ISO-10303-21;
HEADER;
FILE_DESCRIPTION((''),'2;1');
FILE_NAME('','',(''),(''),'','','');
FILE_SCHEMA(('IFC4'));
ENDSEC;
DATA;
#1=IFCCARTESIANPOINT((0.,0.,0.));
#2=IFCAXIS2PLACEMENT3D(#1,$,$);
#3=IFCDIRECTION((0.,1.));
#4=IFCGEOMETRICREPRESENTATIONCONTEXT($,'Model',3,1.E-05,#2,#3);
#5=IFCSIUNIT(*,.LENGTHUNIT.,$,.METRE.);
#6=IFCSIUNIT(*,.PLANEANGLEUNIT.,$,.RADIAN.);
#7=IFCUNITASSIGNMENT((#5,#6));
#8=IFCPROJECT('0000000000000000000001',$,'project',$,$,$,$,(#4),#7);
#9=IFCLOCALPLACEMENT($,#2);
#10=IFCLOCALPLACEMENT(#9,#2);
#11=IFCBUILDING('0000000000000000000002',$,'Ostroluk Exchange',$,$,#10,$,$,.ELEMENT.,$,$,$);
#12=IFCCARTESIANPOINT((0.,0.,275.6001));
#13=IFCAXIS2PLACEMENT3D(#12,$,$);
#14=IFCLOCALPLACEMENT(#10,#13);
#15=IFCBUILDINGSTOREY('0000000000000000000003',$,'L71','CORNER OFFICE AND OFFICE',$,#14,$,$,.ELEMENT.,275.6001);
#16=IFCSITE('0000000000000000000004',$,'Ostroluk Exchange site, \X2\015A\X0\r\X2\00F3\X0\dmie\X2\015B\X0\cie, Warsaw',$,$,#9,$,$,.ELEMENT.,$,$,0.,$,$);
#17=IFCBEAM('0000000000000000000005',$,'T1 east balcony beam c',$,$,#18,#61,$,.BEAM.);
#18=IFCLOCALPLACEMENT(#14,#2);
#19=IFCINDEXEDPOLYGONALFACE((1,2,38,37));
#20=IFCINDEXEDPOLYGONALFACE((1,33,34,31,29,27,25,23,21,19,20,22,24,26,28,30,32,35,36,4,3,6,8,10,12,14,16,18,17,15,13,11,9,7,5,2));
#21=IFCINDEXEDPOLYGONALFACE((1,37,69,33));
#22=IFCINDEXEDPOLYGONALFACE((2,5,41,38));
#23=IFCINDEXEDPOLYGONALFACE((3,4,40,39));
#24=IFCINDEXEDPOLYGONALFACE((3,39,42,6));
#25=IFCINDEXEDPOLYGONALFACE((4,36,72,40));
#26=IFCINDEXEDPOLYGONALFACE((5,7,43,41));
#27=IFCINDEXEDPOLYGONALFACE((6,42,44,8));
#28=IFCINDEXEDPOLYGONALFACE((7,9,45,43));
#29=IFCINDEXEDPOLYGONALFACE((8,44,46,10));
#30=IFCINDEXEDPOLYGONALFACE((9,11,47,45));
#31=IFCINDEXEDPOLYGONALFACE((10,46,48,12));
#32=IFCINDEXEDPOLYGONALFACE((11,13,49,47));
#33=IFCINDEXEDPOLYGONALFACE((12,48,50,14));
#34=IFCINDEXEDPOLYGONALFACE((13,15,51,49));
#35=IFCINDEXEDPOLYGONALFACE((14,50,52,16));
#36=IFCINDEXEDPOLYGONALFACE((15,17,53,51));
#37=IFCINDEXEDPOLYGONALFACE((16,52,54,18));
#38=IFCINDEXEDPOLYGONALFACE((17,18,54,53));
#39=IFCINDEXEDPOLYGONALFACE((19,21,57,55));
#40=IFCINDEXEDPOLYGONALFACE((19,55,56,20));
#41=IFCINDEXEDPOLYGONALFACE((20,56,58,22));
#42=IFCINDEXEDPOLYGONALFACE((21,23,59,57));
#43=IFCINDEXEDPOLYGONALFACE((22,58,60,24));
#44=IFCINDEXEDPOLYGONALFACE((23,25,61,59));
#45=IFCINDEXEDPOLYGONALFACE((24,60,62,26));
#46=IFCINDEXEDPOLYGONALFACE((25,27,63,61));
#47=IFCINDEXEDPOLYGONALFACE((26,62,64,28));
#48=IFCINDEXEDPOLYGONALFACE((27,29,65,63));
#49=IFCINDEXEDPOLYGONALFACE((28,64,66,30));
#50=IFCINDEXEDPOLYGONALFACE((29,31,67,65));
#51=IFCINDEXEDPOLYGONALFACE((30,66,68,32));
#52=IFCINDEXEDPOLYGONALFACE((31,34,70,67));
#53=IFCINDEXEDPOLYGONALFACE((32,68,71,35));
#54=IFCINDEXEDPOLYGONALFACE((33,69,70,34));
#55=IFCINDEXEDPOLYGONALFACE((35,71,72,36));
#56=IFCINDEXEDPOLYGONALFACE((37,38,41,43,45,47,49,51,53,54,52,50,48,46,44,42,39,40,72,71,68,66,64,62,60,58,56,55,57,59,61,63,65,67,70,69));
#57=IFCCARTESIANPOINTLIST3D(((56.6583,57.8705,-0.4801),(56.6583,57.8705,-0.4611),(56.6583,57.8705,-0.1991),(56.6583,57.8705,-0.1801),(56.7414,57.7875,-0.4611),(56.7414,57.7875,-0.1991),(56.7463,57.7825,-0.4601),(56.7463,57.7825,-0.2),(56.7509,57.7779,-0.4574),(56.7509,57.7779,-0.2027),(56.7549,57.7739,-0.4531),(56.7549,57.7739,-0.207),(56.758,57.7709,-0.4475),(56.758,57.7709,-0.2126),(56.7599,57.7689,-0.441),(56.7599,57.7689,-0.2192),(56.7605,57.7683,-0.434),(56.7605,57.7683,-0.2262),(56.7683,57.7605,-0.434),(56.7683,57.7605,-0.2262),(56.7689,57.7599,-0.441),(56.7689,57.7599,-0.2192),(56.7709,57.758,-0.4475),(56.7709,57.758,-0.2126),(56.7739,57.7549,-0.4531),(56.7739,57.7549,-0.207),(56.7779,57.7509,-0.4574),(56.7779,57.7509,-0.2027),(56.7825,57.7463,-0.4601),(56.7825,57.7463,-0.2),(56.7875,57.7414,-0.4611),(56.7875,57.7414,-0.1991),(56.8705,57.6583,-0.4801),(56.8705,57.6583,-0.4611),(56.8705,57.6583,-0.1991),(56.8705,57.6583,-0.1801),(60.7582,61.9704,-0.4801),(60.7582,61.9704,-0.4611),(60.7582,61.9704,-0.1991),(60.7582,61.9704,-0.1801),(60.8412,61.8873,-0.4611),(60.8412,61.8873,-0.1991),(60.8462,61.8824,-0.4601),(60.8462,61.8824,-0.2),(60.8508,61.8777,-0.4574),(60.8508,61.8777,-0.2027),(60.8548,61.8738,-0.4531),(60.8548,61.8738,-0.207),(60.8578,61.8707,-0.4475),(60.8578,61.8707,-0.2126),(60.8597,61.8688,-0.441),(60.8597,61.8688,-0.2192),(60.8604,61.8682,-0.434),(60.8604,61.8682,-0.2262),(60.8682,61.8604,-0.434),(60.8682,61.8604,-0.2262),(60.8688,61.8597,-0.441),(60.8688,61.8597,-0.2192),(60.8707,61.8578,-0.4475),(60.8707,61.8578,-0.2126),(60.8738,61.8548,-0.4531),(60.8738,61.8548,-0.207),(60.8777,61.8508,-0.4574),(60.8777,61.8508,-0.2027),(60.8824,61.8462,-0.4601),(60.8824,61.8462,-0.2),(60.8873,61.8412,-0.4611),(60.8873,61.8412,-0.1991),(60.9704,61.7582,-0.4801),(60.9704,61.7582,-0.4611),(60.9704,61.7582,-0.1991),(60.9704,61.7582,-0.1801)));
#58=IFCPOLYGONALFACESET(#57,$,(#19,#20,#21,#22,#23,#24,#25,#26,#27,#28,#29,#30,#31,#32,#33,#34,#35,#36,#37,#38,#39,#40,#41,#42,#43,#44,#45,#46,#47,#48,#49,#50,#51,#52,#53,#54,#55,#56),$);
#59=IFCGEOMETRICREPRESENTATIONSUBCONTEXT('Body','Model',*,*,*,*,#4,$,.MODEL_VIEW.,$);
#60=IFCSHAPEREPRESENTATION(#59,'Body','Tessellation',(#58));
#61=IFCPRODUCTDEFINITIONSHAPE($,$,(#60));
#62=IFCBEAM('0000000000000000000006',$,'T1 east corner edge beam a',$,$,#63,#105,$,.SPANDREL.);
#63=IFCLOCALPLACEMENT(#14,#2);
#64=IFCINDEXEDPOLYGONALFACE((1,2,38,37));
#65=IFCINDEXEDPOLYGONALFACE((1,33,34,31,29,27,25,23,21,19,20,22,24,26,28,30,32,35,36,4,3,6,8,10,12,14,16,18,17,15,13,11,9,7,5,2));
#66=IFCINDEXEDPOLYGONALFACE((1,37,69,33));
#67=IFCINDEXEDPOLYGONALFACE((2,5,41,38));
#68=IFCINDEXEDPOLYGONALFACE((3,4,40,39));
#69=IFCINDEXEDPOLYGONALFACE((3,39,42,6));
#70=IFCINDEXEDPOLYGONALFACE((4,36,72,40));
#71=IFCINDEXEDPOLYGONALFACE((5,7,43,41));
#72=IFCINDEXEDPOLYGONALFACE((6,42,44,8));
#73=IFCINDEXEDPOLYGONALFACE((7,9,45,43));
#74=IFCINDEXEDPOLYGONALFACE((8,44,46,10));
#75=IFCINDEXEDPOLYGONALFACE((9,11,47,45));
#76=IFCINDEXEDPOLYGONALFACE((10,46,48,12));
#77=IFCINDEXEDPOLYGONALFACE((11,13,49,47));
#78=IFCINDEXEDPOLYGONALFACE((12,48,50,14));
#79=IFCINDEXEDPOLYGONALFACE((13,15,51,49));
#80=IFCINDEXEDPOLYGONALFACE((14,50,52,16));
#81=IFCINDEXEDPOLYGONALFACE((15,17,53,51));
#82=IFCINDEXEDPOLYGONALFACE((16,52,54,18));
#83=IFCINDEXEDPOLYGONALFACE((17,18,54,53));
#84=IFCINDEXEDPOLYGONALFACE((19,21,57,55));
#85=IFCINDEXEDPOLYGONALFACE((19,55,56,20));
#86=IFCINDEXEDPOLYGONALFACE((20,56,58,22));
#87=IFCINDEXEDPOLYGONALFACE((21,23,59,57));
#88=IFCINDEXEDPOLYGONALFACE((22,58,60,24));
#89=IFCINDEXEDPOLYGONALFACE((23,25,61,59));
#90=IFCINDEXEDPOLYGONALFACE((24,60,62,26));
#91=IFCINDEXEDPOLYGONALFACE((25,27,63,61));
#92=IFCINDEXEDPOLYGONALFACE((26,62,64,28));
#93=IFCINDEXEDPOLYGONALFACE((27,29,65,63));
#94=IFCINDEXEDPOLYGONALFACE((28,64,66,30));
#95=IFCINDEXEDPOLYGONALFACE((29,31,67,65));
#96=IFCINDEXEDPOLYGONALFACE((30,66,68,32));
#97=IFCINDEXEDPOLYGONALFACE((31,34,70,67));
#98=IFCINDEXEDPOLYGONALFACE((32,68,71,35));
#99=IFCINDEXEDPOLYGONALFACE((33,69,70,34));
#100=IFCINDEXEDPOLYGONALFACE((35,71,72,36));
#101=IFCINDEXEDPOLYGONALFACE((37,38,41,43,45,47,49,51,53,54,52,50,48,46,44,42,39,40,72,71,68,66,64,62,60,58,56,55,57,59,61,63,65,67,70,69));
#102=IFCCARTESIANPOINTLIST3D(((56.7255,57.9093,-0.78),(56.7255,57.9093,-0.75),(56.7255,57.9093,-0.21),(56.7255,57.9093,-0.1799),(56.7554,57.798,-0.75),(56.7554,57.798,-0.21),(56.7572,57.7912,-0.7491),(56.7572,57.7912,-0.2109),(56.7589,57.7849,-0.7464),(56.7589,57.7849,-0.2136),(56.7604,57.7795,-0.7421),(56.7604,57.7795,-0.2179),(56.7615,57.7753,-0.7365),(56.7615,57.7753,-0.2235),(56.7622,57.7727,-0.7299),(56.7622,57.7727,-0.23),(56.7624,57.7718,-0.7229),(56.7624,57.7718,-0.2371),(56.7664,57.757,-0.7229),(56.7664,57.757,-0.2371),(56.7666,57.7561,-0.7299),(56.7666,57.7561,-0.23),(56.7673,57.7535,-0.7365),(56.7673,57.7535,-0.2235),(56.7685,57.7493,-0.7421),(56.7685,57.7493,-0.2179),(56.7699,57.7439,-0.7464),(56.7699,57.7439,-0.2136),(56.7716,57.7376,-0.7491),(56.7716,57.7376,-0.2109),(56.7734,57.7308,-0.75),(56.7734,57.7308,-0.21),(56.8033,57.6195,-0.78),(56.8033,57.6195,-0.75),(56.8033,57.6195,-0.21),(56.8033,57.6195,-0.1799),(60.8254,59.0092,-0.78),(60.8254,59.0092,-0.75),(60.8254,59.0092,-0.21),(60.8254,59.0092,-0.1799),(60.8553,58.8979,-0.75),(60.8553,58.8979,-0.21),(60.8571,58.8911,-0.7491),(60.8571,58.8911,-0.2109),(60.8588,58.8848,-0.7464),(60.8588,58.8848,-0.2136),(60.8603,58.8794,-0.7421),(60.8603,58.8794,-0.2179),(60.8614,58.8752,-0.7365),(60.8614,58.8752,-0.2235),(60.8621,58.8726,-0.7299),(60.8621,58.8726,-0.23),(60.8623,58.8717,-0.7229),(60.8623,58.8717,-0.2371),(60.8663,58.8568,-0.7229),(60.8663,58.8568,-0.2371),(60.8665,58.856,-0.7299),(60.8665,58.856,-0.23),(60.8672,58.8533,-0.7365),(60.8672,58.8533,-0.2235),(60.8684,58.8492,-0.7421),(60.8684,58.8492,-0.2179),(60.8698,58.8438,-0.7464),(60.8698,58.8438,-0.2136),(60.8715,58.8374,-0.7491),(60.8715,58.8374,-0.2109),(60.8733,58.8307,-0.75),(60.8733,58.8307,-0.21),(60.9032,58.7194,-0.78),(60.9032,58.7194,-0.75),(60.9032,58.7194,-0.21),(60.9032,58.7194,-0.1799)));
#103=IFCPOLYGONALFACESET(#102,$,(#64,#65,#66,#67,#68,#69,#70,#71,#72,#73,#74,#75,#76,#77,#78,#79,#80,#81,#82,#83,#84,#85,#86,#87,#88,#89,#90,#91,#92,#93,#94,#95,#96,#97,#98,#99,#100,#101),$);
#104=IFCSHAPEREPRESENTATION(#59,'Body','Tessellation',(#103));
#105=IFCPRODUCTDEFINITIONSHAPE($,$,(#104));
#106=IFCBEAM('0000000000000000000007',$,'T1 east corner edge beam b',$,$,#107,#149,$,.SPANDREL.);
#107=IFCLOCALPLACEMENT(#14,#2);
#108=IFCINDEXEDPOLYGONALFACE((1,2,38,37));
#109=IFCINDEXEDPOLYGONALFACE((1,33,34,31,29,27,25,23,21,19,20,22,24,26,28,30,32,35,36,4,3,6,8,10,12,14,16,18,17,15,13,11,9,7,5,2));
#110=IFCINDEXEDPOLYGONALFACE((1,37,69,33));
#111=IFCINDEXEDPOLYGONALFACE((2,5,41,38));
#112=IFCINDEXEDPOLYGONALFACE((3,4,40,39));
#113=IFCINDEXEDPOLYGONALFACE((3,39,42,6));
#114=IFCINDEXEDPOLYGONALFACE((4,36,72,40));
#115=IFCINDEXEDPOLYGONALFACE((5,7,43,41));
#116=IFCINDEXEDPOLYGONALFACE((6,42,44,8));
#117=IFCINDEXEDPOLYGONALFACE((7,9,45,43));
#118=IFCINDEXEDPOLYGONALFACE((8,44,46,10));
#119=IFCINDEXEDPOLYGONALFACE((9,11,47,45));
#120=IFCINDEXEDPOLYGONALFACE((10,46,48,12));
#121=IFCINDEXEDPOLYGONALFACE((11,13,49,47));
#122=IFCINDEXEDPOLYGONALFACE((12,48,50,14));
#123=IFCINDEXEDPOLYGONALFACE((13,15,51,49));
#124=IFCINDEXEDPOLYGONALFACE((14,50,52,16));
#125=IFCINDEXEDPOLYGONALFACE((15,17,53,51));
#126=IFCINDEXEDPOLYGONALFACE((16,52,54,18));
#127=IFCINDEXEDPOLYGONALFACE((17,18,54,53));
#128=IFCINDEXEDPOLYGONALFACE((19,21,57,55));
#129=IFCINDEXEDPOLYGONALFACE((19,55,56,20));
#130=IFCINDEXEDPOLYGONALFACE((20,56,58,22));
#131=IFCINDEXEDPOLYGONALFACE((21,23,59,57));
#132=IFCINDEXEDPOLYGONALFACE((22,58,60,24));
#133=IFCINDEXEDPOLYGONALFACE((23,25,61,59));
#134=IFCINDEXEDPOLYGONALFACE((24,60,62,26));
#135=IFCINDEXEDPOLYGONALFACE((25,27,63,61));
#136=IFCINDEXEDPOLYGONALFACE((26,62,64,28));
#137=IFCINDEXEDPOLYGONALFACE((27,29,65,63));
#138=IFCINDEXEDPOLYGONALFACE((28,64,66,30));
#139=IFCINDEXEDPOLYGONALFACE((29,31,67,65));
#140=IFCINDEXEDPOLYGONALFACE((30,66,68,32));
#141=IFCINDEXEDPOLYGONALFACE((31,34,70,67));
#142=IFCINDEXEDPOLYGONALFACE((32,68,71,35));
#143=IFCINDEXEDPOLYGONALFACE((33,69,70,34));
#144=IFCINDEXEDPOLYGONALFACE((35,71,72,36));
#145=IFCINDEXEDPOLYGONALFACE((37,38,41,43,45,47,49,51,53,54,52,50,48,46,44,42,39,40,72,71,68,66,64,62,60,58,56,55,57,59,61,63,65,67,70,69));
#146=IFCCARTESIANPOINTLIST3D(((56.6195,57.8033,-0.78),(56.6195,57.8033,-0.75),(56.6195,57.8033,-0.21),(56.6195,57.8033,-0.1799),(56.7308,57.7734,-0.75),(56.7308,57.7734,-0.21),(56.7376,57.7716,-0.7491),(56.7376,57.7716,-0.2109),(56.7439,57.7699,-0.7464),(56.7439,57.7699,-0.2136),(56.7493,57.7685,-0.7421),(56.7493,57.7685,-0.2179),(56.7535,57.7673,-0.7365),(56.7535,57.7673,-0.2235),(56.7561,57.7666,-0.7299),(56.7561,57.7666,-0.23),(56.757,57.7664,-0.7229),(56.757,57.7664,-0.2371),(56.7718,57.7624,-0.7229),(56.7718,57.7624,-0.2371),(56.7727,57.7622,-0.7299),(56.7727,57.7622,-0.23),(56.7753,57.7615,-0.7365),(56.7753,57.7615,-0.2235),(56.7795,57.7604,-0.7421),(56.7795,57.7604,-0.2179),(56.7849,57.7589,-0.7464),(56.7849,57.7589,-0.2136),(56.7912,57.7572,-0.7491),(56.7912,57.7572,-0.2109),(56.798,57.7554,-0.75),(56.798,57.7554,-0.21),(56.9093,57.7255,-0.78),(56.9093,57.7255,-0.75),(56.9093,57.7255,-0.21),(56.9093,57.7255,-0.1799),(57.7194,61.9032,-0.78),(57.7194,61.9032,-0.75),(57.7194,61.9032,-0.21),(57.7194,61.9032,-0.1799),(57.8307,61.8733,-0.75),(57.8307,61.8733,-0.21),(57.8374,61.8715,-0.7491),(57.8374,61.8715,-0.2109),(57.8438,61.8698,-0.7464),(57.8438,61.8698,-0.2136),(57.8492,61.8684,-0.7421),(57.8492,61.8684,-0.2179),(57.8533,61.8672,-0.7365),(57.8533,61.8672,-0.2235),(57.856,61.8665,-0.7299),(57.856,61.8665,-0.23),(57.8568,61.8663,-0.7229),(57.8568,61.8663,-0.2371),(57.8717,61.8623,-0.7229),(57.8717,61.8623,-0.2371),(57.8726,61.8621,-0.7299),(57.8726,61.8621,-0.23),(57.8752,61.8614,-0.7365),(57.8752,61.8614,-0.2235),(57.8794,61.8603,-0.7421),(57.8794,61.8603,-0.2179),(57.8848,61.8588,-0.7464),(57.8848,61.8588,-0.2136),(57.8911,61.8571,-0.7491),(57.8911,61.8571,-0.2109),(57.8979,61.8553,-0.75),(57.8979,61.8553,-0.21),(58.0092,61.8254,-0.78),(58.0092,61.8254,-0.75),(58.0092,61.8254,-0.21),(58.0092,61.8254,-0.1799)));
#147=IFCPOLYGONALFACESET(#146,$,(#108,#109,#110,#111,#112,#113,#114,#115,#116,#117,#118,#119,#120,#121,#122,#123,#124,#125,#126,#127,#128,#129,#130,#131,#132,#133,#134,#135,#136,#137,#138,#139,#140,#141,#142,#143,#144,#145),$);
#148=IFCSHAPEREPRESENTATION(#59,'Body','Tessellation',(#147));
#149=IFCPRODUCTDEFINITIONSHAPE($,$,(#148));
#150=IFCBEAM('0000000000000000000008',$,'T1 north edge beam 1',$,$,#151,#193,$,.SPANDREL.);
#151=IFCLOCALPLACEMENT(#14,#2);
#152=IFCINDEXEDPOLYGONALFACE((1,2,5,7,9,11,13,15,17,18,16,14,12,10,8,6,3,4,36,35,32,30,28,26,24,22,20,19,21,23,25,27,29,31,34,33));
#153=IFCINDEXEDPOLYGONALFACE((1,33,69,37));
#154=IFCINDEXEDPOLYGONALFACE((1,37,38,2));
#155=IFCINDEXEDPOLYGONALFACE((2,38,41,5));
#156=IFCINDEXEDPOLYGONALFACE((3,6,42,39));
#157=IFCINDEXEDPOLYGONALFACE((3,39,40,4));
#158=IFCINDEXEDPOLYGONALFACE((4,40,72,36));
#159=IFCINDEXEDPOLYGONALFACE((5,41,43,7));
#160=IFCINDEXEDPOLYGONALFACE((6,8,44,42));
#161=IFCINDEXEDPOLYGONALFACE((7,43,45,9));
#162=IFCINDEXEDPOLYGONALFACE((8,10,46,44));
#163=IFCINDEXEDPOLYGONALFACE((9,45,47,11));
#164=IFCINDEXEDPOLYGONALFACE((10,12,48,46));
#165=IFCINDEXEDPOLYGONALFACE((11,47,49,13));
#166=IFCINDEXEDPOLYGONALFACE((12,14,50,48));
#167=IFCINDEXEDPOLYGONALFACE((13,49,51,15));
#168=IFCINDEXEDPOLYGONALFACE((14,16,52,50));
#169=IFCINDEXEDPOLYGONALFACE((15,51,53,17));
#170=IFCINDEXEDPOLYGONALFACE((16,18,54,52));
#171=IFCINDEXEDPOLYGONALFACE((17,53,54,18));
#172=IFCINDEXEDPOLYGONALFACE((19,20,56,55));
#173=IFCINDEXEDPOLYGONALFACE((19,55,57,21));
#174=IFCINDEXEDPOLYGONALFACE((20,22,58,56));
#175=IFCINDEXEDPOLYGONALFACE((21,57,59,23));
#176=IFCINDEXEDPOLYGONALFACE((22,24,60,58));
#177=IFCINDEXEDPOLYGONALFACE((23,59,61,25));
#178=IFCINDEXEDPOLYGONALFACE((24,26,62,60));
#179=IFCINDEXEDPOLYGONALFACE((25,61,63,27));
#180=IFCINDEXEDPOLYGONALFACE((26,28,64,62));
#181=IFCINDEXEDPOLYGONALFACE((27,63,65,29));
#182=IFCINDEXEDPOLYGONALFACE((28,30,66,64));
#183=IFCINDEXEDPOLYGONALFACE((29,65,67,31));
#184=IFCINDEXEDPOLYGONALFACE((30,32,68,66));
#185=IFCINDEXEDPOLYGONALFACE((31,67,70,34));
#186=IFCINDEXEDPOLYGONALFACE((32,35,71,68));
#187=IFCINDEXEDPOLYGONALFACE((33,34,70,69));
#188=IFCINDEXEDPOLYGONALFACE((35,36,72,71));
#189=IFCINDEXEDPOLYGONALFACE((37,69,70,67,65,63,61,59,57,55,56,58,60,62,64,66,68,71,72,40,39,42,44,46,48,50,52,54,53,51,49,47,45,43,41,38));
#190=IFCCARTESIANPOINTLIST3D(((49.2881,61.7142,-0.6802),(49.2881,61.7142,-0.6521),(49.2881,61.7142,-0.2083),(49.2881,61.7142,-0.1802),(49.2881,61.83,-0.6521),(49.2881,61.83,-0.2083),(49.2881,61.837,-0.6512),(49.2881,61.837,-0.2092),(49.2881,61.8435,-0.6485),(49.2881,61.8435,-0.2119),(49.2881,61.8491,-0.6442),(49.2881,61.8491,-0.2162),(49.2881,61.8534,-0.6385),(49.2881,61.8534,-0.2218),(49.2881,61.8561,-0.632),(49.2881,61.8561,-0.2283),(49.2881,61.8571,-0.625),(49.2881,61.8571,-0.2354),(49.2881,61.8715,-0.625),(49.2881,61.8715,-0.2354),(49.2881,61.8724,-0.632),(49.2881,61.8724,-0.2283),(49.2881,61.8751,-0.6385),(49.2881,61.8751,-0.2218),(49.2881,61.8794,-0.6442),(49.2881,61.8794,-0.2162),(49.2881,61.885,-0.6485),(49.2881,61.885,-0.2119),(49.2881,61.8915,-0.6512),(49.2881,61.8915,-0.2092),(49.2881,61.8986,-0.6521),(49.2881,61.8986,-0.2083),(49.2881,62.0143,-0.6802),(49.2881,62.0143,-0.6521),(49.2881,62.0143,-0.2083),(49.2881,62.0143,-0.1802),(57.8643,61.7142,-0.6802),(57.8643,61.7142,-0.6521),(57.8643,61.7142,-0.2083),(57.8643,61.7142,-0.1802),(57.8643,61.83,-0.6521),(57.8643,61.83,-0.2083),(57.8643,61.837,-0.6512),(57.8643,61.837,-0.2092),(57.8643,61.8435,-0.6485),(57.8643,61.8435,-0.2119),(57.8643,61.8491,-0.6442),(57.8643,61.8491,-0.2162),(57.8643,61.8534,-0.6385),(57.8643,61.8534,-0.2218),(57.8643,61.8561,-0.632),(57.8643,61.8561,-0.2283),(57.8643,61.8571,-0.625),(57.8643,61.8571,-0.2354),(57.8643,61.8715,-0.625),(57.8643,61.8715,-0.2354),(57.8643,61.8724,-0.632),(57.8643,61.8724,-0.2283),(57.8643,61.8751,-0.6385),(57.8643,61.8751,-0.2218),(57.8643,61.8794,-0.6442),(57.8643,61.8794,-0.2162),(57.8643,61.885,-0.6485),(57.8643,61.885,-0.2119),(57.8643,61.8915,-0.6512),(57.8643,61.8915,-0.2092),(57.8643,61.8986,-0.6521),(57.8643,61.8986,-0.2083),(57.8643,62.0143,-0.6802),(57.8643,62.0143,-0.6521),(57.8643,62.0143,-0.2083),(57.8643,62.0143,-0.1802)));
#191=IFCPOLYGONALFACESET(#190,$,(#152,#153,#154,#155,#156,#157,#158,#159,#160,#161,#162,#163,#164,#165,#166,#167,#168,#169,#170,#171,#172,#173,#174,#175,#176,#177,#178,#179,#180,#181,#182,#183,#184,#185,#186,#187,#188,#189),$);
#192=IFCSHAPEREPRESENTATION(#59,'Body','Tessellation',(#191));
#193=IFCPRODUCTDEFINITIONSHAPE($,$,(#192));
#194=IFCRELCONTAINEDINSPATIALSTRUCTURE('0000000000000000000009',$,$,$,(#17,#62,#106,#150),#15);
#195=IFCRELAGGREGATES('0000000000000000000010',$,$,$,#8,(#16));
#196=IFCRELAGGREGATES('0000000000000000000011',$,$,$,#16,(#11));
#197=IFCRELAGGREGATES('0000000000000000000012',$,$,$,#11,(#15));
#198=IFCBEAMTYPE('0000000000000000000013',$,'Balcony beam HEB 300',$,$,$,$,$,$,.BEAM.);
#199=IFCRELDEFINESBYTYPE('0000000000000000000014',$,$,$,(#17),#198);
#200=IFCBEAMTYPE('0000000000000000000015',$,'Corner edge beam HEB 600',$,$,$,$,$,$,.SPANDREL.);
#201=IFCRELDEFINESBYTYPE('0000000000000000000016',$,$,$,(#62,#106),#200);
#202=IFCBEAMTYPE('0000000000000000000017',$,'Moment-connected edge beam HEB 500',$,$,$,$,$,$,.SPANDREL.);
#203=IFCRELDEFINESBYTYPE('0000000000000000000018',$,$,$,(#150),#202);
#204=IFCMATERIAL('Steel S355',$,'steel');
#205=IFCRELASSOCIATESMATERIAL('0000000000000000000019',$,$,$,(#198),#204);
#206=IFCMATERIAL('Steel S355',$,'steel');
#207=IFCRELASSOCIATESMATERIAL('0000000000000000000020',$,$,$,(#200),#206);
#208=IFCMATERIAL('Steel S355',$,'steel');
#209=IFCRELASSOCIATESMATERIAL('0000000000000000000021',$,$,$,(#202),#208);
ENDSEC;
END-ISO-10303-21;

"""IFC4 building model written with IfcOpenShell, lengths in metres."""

from ifc_helpers import new_model, si_unit, direction, frame, origin, origin_2d, place, context, subcontext, project, spatial, i_section, extrude, material, material_profile, profile_set, type_object, element, save


model = new_model("IFC4")

# Units and contexts
model_context = context("Model", 3, precision=1e-05, world=origin(), true_north=direction((0.0, 1.0)))
body_context = subcontext(model_context, "Body", "Model", "MODEL_VIEW")
ifc_project = project(units=[si_unit("LENGTHUNIT", "METRE"), si_unit("PLANEANGLEUNIT", "RADIAN")], contexts=[model_context])

# Site, building, storey
site_placement = place(None, origin())
site = spatial("IfcSite", under=ifc_project, at=site_placement, Name="Ostroluk Exchange site, Śródmieście, Warsaw", CompositionType="ELEMENT", RefElevation=0.0)
building_placement = place(site_placement, origin())
building = spatial("IfcBuilding", under=site, at=building_placement, Name="Ostroluk Exchange", CompositionType="ELEMENT")
storey_placement = place(building_placement, frame((0.0, 0.0, 275.6001)))
storey = spatial("IfcBuildingStorey", under=building, at=storey_placement, Name="L71", Description="CORNER OFFICE AND OFFICE", CompositionType="ELEMENT", Elevation=275.6001)

# Beams
ifc_material_1 = material(Name="Steel S355", Category="steel")
ifc_material_profile_1 = material_profile(ifc_material_1, i_section(OverallWidth=0.3, OverallDepth=0.3, WebThickness=0.011, FlangeThickness=0.019, FilletRadius=0.0271, at=origin_2d()), Name="HEB 300")
ifc_profile_set_1 = profile_set([ifc_material_profile_1], Name="Steel S355")
beam_type_1 = type_object("IfcBeamType", Name="Balcony beam HEB 300", PredefinedType="BEAM", material=ifc_profile_set_1)
beam_placement = place(storey_placement, frame((56.7644, 57.7644, -0.3301), z_axis=(0.707107, 0.707107, 0.0), x_axis=(-0.707107, 0.707107, 0.0)))
element("IfcBeam", 1, at=beam_placement, inside=storey, type_object=beam_type_1, Name="T1 east balcony beam c", PredefinedType="BEAM", context=body_context, shape_type="SweptSolid", body=[
    extrude(i_section(OverallWidth=0.3, OverallDepth=0.3, WebThickness=0.011, FlangeThickness=0.019, FilletRadius=0.0271, at=origin_2d()), origin(), (0.0, 0.0, 1.0), 5.7981),
])
ifc_material_2 = material(Name="Steel S355", Category="steel")
ifc_material_profile_2 = material_profile(ifc_material_2, i_section(OverallWidth=0.3, OverallDepth=0.6001, WebThickness=0.0154, FlangeThickness=0.03, FilletRadius=0.0271, at=origin_2d()), Name="HEB 600")
ifc_profile_set_2 = profile_set([ifc_material_profile_2], Name="Steel S355")
beam_type_2 = type_object("IfcBeamType", Name="Corner edge beam HEB 600", PredefinedType="SPANDREL", material=ifc_profile_set_2)
for number, where, z_axis, x_axis, name in (
    (2, (56.7644, 57.7644, -0.48), (0.965849, 0.259105, 0.0), (-0.259105, 0.965849, 0.0), "T1 east corner edge beam a"),
    (3, (56.7644, 57.7644, -0.48), (0.259105, 0.965849, 0.0), (-0.965849, 0.259105, 0.0), "T1 east corner edge beam b"),
):
    element("IfcBeam", number, at=place(storey_placement, frame(where, z_axis=z_axis, x_axis=x_axis)), inside=storey, type_object=beam_type_2, Name=name, PredefinedType="SPANDREL", context=body_context, shape_type="SweptSolid", body=[
        extrude(i_section(OverallWidth=0.3, OverallDepth=0.6001, WebThickness=0.0154, FlangeThickness=0.03, FilletRadius=0.0271, at=origin_2d()), origin(), (0.0, 0.0, 1.0), 4.2449),
    ])
ifc_material_3 = material(Name="Steel S355", Category="steel")
ifc_material_profile_3 = material_profile(ifc_material_3, i_section(OverallWidth=0.3, OverallDepth=0.5, WebThickness=0.0144, FlangeThickness=0.0281, FilletRadius=0.0271, at=origin_2d()), Name="HEB 500")
ifc_profile_set_3 = profile_set([ifc_material_profile_3], Name="Steel S355")
beam_type_3 = type_object("IfcBeamType", Name="Moment-connected edge beam HEB 500", PredefinedType="SPANDREL", material=ifc_profile_set_3)
for number, where, z_axis, x_axis, name in (
    (4, (57.8643, 61.8643, -0.4302), (-1.0, 0.0, 0.0), (0.0, -1.0, 0.0), "T1 north edge beam 1"),
):
    element("IfcBeam", number, at=place(storey_placement, frame(where, z_axis=z_axis, x_axis=x_axis)), inside=storey, type_object=beam_type_3, Name=name, PredefinedType="SPANDREL", context=body_context, shape_type="SweptSolid", body=[
        extrude(i_section(OverallWidth=0.3, OverallDepth=0.5, WebThickness=0.0144, FlangeThickness=0.0281, FilletRadius=0.0271, at=origin_2d()), origin(), (0.0, 0.0, 1.0), 8.5762),
    ])

save(model, "model.ifc")
